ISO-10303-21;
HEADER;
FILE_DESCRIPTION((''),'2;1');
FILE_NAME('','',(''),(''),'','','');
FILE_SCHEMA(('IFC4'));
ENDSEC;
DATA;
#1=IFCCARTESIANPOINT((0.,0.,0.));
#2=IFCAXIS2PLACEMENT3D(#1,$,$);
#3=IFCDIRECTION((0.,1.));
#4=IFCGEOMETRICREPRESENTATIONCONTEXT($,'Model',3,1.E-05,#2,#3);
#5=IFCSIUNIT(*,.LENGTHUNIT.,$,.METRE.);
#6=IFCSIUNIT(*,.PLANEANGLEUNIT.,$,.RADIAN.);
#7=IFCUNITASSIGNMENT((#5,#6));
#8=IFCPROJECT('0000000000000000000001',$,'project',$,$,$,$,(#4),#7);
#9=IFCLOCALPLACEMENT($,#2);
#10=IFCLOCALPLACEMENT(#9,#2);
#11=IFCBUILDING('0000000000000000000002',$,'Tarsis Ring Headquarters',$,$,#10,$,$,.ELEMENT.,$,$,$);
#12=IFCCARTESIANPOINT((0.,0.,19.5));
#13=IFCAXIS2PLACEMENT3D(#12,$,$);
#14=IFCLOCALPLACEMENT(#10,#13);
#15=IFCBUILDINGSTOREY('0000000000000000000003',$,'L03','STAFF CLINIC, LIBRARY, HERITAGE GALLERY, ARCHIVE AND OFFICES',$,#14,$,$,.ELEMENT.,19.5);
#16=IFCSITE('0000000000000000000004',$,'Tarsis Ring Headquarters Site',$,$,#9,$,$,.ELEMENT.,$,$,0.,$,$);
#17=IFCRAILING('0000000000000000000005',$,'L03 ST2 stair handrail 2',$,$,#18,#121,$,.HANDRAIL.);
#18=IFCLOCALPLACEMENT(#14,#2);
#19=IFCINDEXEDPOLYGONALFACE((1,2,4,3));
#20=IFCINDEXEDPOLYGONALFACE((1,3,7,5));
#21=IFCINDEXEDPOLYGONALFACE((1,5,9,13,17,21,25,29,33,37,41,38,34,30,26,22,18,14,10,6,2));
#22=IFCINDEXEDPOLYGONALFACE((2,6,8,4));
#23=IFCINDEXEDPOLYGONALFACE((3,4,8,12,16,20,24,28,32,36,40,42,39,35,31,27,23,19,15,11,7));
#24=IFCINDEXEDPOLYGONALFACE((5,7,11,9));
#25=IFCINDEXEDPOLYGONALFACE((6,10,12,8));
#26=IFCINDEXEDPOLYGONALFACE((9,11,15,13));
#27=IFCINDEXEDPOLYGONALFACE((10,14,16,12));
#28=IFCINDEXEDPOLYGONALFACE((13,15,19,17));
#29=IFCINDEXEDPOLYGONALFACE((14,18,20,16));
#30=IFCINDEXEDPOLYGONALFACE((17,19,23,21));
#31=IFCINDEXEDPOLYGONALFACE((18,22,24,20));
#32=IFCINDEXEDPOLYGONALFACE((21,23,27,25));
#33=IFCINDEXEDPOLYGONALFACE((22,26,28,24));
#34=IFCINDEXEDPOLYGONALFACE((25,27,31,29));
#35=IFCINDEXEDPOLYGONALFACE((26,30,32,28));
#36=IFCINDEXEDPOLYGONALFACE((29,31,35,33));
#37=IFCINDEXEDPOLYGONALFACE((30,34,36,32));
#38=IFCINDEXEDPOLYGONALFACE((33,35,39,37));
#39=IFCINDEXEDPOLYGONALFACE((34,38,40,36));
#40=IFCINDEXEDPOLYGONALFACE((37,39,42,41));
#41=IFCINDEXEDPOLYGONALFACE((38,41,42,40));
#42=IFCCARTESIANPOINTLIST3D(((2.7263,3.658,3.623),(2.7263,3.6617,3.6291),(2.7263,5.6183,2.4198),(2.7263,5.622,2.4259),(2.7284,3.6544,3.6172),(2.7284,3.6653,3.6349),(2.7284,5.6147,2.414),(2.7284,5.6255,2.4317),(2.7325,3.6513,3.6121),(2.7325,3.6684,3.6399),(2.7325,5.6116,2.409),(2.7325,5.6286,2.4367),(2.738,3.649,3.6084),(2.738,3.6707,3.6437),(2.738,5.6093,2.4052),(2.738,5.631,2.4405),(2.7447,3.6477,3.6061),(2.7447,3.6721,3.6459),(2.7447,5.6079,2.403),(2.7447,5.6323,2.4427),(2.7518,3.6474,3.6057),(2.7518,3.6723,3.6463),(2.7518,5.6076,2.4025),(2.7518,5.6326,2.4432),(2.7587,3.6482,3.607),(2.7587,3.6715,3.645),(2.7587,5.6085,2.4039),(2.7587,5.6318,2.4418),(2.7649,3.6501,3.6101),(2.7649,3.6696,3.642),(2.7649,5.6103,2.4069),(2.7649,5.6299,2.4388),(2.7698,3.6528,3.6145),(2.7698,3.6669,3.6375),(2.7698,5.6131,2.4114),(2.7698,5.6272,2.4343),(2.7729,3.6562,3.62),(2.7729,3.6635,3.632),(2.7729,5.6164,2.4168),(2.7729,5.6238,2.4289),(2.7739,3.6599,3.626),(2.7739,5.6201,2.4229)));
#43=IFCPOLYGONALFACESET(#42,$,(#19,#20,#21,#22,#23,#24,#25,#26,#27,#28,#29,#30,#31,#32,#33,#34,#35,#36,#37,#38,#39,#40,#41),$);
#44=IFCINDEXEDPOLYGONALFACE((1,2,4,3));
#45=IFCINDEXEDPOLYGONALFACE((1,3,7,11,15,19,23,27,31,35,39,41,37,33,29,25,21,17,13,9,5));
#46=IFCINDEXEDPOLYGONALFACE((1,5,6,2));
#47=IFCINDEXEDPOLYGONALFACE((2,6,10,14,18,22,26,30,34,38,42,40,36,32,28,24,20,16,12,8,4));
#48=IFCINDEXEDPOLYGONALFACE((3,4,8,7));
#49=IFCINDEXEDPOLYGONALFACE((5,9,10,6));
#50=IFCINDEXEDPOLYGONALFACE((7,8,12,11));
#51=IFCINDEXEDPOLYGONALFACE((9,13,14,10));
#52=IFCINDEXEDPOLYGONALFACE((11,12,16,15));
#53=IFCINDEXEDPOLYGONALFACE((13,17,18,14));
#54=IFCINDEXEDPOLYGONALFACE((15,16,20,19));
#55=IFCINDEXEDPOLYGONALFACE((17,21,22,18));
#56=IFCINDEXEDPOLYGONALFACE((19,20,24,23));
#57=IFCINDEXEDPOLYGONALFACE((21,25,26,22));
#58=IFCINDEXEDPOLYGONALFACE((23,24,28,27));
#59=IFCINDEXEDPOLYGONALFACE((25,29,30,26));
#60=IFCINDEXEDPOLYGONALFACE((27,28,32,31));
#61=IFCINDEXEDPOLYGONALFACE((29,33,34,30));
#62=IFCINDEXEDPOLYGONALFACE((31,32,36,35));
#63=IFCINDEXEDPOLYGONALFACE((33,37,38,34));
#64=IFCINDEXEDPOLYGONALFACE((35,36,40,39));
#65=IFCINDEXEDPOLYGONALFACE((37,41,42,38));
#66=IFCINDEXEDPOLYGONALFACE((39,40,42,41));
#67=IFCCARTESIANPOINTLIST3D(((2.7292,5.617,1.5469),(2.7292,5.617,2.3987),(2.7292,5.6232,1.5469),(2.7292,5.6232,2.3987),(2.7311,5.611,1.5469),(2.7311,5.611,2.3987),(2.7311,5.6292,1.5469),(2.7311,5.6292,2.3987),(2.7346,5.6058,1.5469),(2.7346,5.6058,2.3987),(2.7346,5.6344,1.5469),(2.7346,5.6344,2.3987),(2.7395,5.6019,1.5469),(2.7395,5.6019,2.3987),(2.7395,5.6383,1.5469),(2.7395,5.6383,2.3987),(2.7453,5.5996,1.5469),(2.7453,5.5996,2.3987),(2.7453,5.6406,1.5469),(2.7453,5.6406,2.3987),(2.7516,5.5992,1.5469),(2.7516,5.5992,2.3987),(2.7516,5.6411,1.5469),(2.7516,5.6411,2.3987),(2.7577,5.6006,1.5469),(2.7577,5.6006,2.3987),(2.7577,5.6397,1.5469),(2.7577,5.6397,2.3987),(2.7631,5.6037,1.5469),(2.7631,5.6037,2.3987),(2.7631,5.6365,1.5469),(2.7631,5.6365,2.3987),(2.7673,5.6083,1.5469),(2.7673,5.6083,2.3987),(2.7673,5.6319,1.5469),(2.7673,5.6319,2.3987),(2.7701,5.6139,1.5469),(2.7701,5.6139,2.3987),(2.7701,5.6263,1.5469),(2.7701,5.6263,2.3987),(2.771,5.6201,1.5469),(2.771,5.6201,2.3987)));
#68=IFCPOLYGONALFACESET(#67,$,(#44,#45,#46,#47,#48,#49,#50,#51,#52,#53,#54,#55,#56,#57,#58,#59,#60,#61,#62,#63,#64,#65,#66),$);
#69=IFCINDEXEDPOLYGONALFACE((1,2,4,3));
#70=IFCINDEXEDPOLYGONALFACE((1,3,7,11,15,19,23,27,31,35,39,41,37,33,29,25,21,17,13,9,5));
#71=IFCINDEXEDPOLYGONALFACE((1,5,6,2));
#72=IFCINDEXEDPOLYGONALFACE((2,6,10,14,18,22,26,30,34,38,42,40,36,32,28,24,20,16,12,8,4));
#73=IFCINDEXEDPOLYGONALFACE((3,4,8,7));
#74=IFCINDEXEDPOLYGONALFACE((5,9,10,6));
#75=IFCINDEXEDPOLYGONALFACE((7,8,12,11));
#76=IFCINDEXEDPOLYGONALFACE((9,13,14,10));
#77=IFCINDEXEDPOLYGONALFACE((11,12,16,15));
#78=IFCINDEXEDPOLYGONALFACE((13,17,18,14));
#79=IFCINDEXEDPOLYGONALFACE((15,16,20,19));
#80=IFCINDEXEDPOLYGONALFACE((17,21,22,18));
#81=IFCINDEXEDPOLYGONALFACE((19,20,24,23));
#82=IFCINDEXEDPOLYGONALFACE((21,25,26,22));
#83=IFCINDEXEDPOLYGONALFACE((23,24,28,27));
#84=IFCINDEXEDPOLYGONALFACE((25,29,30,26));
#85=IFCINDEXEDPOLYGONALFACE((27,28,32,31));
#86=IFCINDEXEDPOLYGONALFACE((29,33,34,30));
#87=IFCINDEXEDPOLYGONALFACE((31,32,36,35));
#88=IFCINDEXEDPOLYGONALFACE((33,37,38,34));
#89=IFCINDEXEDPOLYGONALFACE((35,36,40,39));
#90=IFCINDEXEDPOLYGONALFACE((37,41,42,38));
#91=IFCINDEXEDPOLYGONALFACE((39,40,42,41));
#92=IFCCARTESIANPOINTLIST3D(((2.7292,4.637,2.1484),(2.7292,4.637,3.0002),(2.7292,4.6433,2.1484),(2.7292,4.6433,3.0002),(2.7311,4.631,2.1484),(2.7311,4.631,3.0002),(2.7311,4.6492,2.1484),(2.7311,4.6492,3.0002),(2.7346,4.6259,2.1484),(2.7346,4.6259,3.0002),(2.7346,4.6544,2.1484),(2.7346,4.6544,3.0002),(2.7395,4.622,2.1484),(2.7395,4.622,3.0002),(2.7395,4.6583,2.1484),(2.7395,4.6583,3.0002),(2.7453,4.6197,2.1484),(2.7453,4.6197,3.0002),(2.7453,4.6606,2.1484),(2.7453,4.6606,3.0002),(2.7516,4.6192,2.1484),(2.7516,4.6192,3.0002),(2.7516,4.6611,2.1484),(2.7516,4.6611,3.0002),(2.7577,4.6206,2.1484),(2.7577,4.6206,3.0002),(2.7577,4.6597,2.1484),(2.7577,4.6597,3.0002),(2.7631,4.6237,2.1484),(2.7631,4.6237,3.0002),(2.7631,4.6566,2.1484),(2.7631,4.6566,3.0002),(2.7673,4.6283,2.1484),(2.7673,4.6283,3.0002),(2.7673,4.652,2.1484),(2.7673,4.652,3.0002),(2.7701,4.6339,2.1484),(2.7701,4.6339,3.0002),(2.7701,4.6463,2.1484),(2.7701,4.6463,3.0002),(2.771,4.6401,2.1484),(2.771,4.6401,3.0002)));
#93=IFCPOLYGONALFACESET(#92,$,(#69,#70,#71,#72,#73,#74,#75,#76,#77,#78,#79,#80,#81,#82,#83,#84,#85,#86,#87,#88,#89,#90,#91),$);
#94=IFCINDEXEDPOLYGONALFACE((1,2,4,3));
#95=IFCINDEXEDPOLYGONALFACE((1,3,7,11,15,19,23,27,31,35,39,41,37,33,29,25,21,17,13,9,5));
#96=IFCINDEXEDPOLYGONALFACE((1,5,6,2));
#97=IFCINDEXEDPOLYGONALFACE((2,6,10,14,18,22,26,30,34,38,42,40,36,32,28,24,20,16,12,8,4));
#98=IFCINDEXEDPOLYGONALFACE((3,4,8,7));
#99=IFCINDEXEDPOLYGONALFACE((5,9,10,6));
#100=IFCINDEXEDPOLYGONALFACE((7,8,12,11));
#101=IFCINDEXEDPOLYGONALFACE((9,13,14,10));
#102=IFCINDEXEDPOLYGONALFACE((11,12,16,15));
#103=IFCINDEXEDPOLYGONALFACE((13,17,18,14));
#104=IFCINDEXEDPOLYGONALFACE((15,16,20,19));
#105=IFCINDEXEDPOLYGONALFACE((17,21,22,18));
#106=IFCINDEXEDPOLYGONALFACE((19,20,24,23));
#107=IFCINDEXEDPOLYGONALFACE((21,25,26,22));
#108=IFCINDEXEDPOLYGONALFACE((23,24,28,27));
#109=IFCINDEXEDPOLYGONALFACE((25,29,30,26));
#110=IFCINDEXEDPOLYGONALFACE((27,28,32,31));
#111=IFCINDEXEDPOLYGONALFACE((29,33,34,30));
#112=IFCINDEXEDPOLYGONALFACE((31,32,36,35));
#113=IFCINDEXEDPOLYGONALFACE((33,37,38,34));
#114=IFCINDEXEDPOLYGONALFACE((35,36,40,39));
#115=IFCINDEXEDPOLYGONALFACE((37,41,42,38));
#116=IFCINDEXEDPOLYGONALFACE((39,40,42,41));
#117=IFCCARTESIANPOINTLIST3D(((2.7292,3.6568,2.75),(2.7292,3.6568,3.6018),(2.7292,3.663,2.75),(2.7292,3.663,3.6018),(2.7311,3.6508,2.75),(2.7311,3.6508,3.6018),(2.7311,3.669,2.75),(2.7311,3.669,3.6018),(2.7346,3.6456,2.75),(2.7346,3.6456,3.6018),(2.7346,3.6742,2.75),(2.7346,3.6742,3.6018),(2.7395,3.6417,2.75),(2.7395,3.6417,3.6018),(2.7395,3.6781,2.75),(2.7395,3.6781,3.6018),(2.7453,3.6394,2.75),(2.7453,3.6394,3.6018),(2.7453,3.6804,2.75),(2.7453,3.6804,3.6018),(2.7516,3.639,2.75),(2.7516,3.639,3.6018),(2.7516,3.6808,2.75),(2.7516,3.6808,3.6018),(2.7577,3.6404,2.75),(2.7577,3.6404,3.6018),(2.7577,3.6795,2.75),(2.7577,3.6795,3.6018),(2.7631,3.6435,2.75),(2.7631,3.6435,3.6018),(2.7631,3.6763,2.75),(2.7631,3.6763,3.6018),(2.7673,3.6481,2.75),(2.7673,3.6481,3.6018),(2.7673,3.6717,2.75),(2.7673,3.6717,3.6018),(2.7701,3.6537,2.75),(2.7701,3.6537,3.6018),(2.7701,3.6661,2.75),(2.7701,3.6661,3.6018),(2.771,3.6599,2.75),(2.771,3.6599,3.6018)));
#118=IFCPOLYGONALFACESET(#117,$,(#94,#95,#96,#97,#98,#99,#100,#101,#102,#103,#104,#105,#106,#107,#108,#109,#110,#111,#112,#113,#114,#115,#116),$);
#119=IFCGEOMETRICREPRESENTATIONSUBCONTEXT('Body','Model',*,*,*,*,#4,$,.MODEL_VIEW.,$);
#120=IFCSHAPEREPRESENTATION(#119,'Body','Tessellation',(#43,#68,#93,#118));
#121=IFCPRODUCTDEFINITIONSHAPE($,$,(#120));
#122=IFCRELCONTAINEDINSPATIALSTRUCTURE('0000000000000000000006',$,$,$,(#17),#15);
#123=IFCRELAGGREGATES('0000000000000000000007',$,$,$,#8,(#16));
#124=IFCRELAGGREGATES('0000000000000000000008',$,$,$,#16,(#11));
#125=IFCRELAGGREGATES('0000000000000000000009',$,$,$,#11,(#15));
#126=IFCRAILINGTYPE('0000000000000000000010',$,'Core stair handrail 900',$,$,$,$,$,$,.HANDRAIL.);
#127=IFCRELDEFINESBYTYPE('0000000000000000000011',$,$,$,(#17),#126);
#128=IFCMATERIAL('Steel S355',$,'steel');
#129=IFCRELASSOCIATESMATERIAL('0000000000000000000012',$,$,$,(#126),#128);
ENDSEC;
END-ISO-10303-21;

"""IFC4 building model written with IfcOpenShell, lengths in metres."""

from ifc_helpers import new_model, si_unit, direction, frame, origin, origin_2d, place, context, subcontext, project, spatial, circle, extrude, material, type_object, element, save


model = new_model("IFC4")

# Units and contexts
model_context = context("Model", 3, precision=1e-05, world=origin(), true_north=direction((0.0, 1.0)))
body_context = subcontext(model_context, "Body", "Model", "MODEL_VIEW")
ifc_project = project(units=[si_unit("LENGTHUNIT", "METRE"), si_unit("PLANEANGLEUNIT", "RADIAN")], contexts=[model_context])

# Site, building, storey
site_placement = place(None, origin())
site = spatial("IfcSite", under=ifc_project, at=site_placement, Name="Tarsis Ring Headquarters Site", CompositionType="ELEMENT", RefElevation=0.0)
building_placement = place(site_placement, origin())
building = spatial("IfcBuilding", under=site, at=building_placement, Name="Tarsis Ring Headquarters", CompositionType="ELEMENT")
storey_placement = place(building_placement, frame((0.0, 0.0, 19.5)))
storey = spatial("IfcBuildingStorey", under=building, at=storey_placement, Name="L03", Description="STAFF CLINIC, LIBRARY, HERITAGE GALLERY, ARCHIVE AND OFFICES", CompositionType="ELEMENT", Elevation=19.5)

# Railing
ifc_material_1 = material(Name="Steel S355", Category="steel")
railing_type_1 = type_object("IfcRailingType", Name="Core stair handrail 900", PredefinedType="HANDRAIL", material=ifc_material_1)
railing_1_placement = place(storey_placement, frame((2.75, 5.6201, 1.5469)))
element("IfcRailing", 1, at=railing_1_placement, inside=storey, type_object=railing_type_1, Name="L03 ST2 stair handrail 2", PredefinedType="HANDRAIL", context=body_context, shape_type="SweptSolid", body=[
    extrude(circle(Radius=0.0239, at=origin_2d()), frame((0.0, 0.0, 0.876), z_axis=(0.0, -0.85227, 0.523102), x_axis=(1.0, 0.0, 0.0)), (0.0, 0.0, 1.0), 2.3),
    extrude(circle(Radius=0.021, at=origin_2d()), origin(), (0.0, 0.0, 1.0), 0.8518),
    extrude(circle(Radius=0.021, at=origin_2d()), frame((0.0, -0.98, 0.6016)), (0.0, 0.0, 1.0), 0.8518),
    extrude(circle(Radius=0.021, at=origin_2d()), frame((0.0, -1.9602, 1.2031)), (0.0, 0.0, 1.0), 0.8518),
])

save(model, "model.ifc")
